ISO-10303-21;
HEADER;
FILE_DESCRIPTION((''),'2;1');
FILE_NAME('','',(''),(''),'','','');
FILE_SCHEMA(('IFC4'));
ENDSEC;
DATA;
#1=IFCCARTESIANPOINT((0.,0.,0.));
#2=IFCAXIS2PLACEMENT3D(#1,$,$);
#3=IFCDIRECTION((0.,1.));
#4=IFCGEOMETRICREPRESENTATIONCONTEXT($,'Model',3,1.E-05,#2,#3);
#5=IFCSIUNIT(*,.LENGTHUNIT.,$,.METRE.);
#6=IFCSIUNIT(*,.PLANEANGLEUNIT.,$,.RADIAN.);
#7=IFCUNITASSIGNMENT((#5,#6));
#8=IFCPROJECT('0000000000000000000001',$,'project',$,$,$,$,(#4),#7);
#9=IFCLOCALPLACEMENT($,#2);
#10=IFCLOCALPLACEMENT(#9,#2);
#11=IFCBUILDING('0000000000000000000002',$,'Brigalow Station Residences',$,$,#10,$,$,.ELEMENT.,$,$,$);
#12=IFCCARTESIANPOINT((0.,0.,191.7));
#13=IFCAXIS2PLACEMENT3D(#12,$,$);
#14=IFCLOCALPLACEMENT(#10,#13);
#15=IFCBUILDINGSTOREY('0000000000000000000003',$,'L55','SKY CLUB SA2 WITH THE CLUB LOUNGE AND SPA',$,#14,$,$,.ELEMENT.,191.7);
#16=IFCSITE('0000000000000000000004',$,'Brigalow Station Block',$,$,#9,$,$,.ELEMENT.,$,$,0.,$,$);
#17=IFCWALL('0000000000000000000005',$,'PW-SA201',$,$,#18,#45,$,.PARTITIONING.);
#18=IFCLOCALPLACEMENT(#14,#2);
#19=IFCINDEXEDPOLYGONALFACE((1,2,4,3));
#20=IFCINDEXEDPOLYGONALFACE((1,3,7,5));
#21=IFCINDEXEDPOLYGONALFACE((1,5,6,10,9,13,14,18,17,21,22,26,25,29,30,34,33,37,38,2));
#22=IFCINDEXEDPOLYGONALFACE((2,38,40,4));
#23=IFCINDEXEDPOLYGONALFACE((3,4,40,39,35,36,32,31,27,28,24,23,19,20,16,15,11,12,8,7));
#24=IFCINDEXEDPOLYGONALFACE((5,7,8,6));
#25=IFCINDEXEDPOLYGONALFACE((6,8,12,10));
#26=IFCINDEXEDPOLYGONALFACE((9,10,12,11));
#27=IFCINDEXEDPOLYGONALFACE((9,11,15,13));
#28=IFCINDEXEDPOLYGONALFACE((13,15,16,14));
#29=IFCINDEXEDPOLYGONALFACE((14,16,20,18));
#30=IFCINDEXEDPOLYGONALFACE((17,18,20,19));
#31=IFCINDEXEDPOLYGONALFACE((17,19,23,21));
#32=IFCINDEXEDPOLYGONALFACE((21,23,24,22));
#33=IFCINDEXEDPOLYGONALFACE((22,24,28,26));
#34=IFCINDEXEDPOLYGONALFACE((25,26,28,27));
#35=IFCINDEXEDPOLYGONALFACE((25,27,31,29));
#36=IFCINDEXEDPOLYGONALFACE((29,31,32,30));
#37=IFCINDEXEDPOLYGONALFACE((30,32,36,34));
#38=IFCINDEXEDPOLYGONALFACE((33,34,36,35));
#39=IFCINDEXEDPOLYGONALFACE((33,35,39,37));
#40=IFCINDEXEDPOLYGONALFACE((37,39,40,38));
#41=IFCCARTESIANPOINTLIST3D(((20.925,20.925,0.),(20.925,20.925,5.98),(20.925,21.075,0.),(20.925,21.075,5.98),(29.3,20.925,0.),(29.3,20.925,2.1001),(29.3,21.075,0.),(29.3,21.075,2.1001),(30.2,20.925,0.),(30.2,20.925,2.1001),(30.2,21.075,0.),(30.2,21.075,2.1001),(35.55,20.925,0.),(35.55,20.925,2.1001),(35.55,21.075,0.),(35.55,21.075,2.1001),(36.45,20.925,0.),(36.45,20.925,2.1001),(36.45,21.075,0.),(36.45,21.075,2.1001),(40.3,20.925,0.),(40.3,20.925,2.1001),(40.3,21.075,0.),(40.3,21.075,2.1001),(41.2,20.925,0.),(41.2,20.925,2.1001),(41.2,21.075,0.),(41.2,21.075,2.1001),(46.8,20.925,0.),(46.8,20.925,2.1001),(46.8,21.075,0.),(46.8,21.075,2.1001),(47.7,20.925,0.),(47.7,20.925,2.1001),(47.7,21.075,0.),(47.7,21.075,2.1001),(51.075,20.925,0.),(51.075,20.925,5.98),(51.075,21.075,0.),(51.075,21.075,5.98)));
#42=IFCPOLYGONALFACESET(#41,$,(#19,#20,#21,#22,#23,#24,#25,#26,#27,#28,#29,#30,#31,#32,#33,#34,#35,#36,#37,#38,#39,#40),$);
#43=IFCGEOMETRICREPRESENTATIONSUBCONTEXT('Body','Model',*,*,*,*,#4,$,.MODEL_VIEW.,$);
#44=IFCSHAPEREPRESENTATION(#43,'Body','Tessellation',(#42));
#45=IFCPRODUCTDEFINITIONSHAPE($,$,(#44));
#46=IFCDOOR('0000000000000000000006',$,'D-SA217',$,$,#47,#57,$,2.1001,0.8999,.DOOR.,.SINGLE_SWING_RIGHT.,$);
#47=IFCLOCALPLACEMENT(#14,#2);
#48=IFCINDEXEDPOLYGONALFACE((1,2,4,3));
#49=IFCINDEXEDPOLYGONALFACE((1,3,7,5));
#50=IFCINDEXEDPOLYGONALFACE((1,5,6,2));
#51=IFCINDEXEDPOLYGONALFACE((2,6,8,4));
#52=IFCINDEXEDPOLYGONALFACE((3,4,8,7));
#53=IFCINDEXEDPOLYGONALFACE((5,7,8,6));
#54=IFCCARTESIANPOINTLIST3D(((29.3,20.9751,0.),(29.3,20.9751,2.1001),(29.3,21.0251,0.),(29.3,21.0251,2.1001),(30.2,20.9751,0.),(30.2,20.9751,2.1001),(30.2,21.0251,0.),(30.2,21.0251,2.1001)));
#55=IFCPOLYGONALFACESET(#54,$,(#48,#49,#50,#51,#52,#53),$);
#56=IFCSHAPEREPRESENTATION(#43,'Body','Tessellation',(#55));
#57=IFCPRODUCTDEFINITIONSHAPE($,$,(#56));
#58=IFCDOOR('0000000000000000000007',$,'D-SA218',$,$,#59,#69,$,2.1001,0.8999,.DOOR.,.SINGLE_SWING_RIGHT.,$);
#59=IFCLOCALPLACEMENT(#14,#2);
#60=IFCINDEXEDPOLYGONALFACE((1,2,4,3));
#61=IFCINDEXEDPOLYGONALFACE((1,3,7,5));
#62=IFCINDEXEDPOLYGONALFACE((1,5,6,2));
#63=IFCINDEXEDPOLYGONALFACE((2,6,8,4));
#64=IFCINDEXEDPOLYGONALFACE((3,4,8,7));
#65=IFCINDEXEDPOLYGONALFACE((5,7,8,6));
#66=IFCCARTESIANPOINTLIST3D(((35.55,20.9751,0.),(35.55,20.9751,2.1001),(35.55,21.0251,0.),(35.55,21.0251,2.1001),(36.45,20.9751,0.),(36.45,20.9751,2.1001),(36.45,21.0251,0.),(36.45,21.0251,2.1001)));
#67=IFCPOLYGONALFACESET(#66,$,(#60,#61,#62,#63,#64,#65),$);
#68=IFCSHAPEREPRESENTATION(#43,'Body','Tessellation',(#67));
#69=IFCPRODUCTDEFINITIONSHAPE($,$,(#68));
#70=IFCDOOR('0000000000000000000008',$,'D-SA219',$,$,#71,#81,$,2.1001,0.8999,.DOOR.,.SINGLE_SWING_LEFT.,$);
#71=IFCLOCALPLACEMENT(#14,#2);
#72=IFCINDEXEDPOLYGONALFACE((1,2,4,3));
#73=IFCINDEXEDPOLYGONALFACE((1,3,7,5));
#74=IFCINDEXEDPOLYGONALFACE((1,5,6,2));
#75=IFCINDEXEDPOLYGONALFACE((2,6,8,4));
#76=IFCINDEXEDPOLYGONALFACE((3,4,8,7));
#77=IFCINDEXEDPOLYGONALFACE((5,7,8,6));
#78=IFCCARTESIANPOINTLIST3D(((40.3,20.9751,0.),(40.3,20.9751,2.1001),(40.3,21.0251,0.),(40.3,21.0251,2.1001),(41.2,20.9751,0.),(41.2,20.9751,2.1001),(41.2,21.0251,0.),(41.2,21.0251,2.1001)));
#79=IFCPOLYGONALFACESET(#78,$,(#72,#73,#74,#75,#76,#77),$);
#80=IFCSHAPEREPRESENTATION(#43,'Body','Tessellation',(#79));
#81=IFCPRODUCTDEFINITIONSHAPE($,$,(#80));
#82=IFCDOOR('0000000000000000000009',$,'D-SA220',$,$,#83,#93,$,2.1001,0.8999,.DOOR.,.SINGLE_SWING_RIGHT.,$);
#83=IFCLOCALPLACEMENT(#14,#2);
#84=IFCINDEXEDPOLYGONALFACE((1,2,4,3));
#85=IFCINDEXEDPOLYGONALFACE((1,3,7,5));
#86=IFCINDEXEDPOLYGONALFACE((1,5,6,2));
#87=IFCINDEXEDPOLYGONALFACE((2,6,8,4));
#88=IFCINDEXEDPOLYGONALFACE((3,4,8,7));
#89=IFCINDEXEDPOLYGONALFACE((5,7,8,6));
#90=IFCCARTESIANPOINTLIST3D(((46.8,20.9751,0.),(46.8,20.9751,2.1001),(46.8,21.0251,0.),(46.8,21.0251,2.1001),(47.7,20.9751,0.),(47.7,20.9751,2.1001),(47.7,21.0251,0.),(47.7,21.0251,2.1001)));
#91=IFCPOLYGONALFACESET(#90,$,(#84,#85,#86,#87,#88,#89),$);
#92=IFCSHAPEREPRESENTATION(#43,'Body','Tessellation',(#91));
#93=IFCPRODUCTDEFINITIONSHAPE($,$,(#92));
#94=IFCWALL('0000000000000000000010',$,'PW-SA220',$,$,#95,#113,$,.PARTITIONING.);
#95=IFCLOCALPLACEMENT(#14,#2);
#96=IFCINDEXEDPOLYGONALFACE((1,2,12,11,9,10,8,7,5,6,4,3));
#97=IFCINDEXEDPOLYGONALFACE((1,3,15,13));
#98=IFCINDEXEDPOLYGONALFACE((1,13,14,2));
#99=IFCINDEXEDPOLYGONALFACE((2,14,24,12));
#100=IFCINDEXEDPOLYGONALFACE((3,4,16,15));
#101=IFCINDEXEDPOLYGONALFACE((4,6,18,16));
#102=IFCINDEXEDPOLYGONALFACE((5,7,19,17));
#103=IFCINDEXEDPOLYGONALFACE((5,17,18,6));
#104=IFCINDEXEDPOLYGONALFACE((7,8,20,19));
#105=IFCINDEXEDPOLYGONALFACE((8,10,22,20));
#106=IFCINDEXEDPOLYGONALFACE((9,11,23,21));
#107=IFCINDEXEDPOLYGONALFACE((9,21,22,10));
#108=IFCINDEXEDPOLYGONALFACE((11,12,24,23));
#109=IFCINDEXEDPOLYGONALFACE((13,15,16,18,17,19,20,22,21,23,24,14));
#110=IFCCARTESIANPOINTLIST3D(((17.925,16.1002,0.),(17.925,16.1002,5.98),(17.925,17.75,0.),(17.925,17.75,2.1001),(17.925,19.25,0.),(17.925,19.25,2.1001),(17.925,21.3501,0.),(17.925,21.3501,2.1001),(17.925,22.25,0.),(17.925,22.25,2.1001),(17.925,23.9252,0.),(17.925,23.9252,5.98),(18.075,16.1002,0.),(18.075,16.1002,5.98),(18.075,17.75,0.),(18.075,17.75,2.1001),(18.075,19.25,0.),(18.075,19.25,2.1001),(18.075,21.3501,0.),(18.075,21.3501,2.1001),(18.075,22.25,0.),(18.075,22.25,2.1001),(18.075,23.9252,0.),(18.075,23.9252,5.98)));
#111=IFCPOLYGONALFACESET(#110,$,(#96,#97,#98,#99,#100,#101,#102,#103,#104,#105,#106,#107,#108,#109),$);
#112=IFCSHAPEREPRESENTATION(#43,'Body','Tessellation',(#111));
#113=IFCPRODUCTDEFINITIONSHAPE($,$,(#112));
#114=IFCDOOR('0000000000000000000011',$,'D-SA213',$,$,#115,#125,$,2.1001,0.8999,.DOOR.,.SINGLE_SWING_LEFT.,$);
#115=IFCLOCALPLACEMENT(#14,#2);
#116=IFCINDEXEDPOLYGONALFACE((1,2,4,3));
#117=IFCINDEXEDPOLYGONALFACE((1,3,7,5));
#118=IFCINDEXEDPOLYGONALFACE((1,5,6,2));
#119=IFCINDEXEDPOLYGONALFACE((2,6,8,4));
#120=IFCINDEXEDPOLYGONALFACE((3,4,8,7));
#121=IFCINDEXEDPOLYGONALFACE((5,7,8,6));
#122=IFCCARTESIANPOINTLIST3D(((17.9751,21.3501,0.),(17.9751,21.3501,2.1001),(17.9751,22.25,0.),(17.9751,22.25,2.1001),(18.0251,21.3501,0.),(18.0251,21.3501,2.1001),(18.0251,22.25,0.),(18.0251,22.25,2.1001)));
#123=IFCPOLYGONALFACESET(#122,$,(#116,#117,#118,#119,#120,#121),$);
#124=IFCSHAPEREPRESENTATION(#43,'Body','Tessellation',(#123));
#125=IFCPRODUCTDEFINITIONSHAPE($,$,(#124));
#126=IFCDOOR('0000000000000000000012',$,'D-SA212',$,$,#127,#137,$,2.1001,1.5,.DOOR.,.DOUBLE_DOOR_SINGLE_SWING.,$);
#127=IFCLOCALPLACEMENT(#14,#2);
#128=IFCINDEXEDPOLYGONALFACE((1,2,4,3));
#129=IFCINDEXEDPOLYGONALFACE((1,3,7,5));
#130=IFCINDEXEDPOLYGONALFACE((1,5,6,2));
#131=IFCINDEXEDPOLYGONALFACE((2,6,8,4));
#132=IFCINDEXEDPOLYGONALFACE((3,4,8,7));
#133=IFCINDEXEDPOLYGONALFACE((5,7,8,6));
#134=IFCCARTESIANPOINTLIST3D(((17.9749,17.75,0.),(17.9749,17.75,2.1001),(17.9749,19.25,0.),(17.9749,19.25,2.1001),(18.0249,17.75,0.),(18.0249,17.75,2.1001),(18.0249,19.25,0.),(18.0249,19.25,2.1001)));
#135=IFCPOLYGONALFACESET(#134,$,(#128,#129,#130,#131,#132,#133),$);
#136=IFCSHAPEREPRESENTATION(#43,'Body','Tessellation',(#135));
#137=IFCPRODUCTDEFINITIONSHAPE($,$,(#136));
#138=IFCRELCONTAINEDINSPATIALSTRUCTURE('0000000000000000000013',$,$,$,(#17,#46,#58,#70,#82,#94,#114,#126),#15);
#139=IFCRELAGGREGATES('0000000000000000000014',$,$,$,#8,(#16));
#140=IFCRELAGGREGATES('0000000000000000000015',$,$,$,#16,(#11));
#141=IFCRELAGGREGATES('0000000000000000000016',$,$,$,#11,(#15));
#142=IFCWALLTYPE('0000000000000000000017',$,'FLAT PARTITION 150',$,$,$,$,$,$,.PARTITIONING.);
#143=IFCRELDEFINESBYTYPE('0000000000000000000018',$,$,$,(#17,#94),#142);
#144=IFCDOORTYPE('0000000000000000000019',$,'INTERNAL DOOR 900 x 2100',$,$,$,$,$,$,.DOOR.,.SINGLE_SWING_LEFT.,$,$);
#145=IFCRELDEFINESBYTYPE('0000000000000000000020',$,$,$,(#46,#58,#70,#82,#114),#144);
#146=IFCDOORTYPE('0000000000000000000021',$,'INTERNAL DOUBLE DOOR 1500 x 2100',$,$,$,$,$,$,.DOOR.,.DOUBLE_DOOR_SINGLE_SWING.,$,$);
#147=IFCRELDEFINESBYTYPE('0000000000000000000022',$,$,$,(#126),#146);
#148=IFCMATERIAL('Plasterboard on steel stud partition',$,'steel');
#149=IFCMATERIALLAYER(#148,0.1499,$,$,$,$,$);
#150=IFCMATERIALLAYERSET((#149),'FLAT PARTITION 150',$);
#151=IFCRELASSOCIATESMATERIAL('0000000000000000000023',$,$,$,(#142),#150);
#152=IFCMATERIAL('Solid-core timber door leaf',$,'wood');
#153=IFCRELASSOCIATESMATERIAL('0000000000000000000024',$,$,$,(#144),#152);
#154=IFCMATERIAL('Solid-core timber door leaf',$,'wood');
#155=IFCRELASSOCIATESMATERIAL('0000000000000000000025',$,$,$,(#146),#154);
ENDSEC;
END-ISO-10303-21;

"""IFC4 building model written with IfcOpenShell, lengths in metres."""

from ifc_helpers import new_model, si_unit, direction, frame, frame_2d, origin, place, context, subcontext, project, spatial, rectangle, extrude, material, layer, layer_set, type_object, element, fill, save


model = new_model("IFC4")

# Units and contexts
model_context = context("Model", 3, precision=1e-05, world=origin(), true_north=direction((0.0, 1.0)))
body_context = subcontext(model_context, "Body", "Model", "MODEL_VIEW")
ifc_project = project(units=[si_unit("LENGTHUNIT", "METRE"), si_unit("PLANEANGLEUNIT", "RADIAN")], contexts=[model_context])

# Site, building, storey
site_placement = place(None, origin())
site = spatial("IfcSite", under=ifc_project, at=site_placement, Name="Brigalow Station Block", CompositionType="ELEMENT", RefElevation=0.0)
building_placement = place(site_placement, origin())
building = spatial("IfcBuilding", under=site, at=building_placement, Name="Brigalow Station Residences", CompositionType="ELEMENT")
storey_placement = place(building_placement, frame((0.0, 0.0, 191.7)))
storey = spatial("IfcBuildingStorey", under=building, at=storey_placement, Name="L55", Description="SKY CLUB SA2 WITH THE CLUB LOUNGE AND SPA", CompositionType="ELEMENT", Elevation=191.7)

# Walls, openings, doors
ifc_material_1 = material(Name="Plasterboard on steel stud partition", Category="steel")
ifc_layer_1 = layer(ifc_material_1, 0.1499)
ifc_layer_set_1 = layer_set([ifc_layer_1], Name="FLAT PARTITION 150")
wall_type_1 = type_object("IfcWallType", Name="FLAT PARTITION 150", PredefinedType="PARTITIONING", material=ifc_layer_set_1)
wall_1_placement = place(storey_placement, frame((20.925, 21.0, 0.0), z_axis=(0.0, 0.0, 1.0), x_axis=(1.0, 0.0, 0.0)))
wall_1 = element("IfcWall", 1, at=wall_1_placement, inside=storey, type_object=wall_type_1, Name="PW-SA201", PredefinedType="PARTITIONING", context=body_context, shape_type="SweptSolid", body=[
    extrude(rectangle(XDim=30.1499, YDim=0.1499, at=frame_2d((15.075, 0.0))), origin(), (0.0, 0.0, 1.0), 5.98),
])
opening_1_placement = place(wall_1_placement, frame((8.375, 0.0, 0.0)))
opening_1 = element("IfcOpeningElement", 2, at=opening_1_placement, cuts=wall_1, PredefinedType="OPENING", context=body_context, shape_type="SweptSolid", body=[
    extrude(rectangle(XDim=0.8999, YDim=2.1001, at=frame_2d((0.45, 1.05))), frame((0.0, 0.085, 0.0), z_axis=(0.0, -1.0, 0.0), x_axis=(1.0, 0.0, 0.0)), (0.0, 0.0, 1.0), 0.1699),
])
opening_2_placement = place(wall_1_placement, frame((14.625, 0.0, 0.0)))
opening_2 = element("IfcOpeningElement", 3, at=opening_2_placement, cuts=wall_1, PredefinedType="OPENING", context=body_context, shape_type="SweptSolid", body=[
    extrude(rectangle(XDim=0.8999, YDim=2.1001, at=frame_2d((0.45, 1.05))), frame((0.0, 0.085, 0.0), z_axis=(0.0, -1.0, 0.0), x_axis=(1.0, 0.0, 0.0)), (0.0, 0.0, 1.0), 0.1699),
])
opening_3_placement = place(wall_1_placement, frame((19.375, 0.0, 0.0)))
opening_3 = element("IfcOpeningElement", 4, at=opening_3_placement, cuts=wall_1, PredefinedType="OPENING", context=body_context, shape_type="SweptSolid", body=[
    extrude(rectangle(XDim=0.8999, YDim=2.1001, at=frame_2d((0.45, 1.05))), frame((0.0, 0.085, 0.0), z_axis=(0.0, -1.0, 0.0), x_axis=(1.0, 0.0, 0.0)), (0.0, 0.0, 1.0), 0.1699),
])
opening_4_placement = place(wall_1_placement, frame((25.875, 0.0, 0.0)))
opening_4 = element("IfcOpeningElement", 5, at=opening_4_placement, cuts=wall_1, PredefinedType="OPENING", context=body_context, shape_type="SweptSolid", body=[
    extrude(rectangle(XDim=0.8999, YDim=2.1001, at=frame_2d((0.45, 1.05))), frame((0.0, 0.085, 0.0), z_axis=(0.0, -1.0, 0.0), x_axis=(1.0, 0.0, 0.0)), (0.0, 0.0, 1.0), 0.1699),
])
ifc_material_2 = material(Name="Solid-core timber door leaf", Category="wood")
door_type_1 = type_object("IfcDoorType", Name="INTERNAL DOOR 900 x 2100", OperationType="SINGLE_SWING_LEFT", PredefinedType="DOOR", material=ifc_material_2)
door_1_placement = place(opening_1_placement, frame((0.8999, 0.0, 0.0), z_axis=(0.0, 0.0, 1.0), x_axis=(-1.0, 0.0, 0.0)))
door_1 = element("IfcDoor", 6, at=door_1_placement, inside=storey, type_object=door_type_1, Name="D-SA217", OperationType="SINGLE_SWING_RIGHT", OverallHeight=2.1001, OverallWidth=0.8999, PredefinedType="DOOR", context=body_context, shape_type="SweptSolid", body=[
    extrude(rectangle(XDim=0.8999, YDim=2.1001, at=frame_2d((0.45, 1.05))), frame((0.0, 0.0249, 0.0), z_axis=(0.0, -1.0, 0.0), x_axis=(1.0, 0.0, 0.0)), (0.0, 0.0, 1.0), 0.05),
])
fill(opening_1, door_1)
door_2_placement = place(opening_2_placement, frame((0.8999, 0.0, 0.0), z_axis=(0.0, 0.0, 1.0), x_axis=(-1.0, 0.0, 0.0)))
door_2 = element("IfcDoor", 7, at=door_2_placement, inside=storey, type_object=door_type_1, Name="D-SA218", OperationType="SINGLE_SWING_RIGHT", OverallHeight=2.1001, OverallWidth=0.8999, PredefinedType="DOOR", context=body_context, shape_type="SweptSolid", body=[
    extrude(rectangle(XDim=0.8999, YDim=2.1001, at=frame_2d((0.45, 1.05))), frame((0.0, 0.0249, 0.0), z_axis=(0.0, -1.0, 0.0), x_axis=(1.0, 0.0, 0.0)), (0.0, 0.0, 1.0), 0.05),
])
fill(opening_2, door_2)
door_3_placement = place(opening_3_placement, frame((0.8999, 0.0, 0.0), z_axis=(0.0, 0.0, 1.0), x_axis=(-1.0, 0.0, 0.0)))
door_3 = element("IfcDoor", 8, at=door_3_placement, inside=storey, type_object=door_type_1, Name="D-SA219", OperationType="SINGLE_SWING_LEFT", OverallHeight=2.1001, OverallWidth=0.8999, PredefinedType="DOOR", context=body_context, shape_type="SweptSolid", body=[
    extrude(rectangle(XDim=0.8999, YDim=2.1001, at=frame_2d((0.45, 1.05))), frame((0.0, 0.0249, 0.0), z_axis=(0.0, -1.0, 0.0), x_axis=(1.0, 0.0, 0.0)), (0.0, 0.0, 1.0), 0.05),
])
fill(opening_3, door_3)
door_4_placement = place(opening_4_placement, frame((0.8999, 0.0, 0.0), z_axis=(0.0, 0.0, 1.0), x_axis=(-1.0, 0.0, 0.0)))
door_4 = element("IfcDoor", 9, at=door_4_placement, inside=storey, type_object=door_type_1, Name="D-SA220", OperationType="SINGLE_SWING_RIGHT", OverallHeight=2.1001, OverallWidth=0.8999, PredefinedType="DOOR", context=body_context, shape_type="SweptSolid", body=[
    extrude(rectangle(XDim=0.8999, YDim=2.1001, at=frame_2d((0.45, 1.05))), frame((0.0, 0.0249, 0.0), z_axis=(0.0, -1.0, 0.0), x_axis=(1.0, 0.0, 0.0)), (0.0, 0.0, 1.0), 0.05),
])
fill(opening_4, door_4)
wall_2_placement = place(storey_placement, frame((18.0, 16.1001, 0.0), z_axis=(0.0, 0.0, 1.0), x_axis=(0.0, 1.0, 0.0)))
wall_2 = element("IfcWall", 10, at=wall_2_placement, inside=storey, type_object=wall_type_1, Name="PW-SA220", PredefinedType="PARTITIONING", context=body_context, shape_type="SweptSolid", body=[
    extrude(rectangle(XDim=7.825, YDim=0.1499, at=frame_2d((3.9126, 0.0))), origin(), (0.0, 0.0, 1.0), 5.98),
])
opening_5_placement = place(wall_2_placement, frame((1.6499, 0.0, 0.0)))
opening_5 = element("IfcOpeningElement", 11, at=opening_5_placement, cuts=wall_2, PredefinedType="OPENING", context=body_context, shape_type="SweptSolid", body=[
    extrude(rectangle(XDim=1.5, YDim=2.1001, at=frame_2d((0.75, 1.05))), frame((0.0, 0.085, 0.0), z_axis=(0.0, -1.0, 0.0), x_axis=(1.0, 0.0, 0.0)), (0.0, 0.0, 1.0), 0.1699),
])
opening_6_placement = place(wall_2_placement, frame((5.25, 0.0, 0.0)))
opening_6 = element("IfcOpeningElement", 12, at=opening_6_placement, cuts=wall_2, PredefinedType="OPENING", context=body_context, shape_type="SweptSolid", body=[
    extrude(rectangle(XDim=0.8999, YDim=2.1001, at=frame_2d((0.45, 1.05))), frame((0.0, 0.085, 0.0), z_axis=(0.0, -1.0, 0.0), x_axis=(1.0, 0.0, 0.0)), (0.0, 0.0, 1.0), 0.1699),
])
door_5_placement = place(opening_6_placement, origin())
door_5 = element("IfcDoor", 13, at=door_5_placement, inside=storey, type_object=door_type_1, Name="D-SA213", OperationType="SINGLE_SWING_LEFT", OverallHeight=2.1001, OverallWidth=0.8999, PredefinedType="DOOR", context=body_context, shape_type="SweptSolid", body=[
    extrude(rectangle(XDim=0.8999, YDim=2.1001, at=frame_2d((0.45, 1.05))), frame((0.0, 0.0249, 0.0), z_axis=(0.0, -1.0, 0.0), x_axis=(1.0, 0.0, 0.0)), (0.0, 0.0, 1.0), 0.05),
])
fill(opening_6, door_5)
ifc_material_3 = material(Name="Solid-core timber door leaf", Category="wood")
door_type_2 = type_object("IfcDoorType", Name="INTERNAL DOUBLE DOOR 1500 x 2100", OperationType="DOUBLE_DOOR_SINGLE_SWING", PredefinedType="DOOR", material=ifc_material_3)
door_6_placement = place(opening_5_placement, frame((1.5, 0.0, 0.0), z_axis=(0.0, 0.0, 1.0), x_axis=(-1.0, 0.0, 0.0)))
door_6 = element("IfcDoor", 14, at=door_6_placement, inside=storey, type_object=door_type_2, Name="D-SA212", OperationType="DOUBLE_DOOR_SINGLE_SWING", OverallHeight=2.1001, OverallWidth=1.5, PredefinedType="DOOR", context=body_context, shape_type="SweptSolid", body=[
    extrude(rectangle(XDim=1.5, YDim=2.1001, at=frame_2d((0.75, 1.05))), frame((0.0, 0.0249, 0.0), z_axis=(0.0, -1.0, 0.0), x_axis=(1.0, 0.0, 0.0)), (0.0, 0.0, 1.0), 0.05),
])
fill(opening_5, door_6)

save(model, "model.ifc")
